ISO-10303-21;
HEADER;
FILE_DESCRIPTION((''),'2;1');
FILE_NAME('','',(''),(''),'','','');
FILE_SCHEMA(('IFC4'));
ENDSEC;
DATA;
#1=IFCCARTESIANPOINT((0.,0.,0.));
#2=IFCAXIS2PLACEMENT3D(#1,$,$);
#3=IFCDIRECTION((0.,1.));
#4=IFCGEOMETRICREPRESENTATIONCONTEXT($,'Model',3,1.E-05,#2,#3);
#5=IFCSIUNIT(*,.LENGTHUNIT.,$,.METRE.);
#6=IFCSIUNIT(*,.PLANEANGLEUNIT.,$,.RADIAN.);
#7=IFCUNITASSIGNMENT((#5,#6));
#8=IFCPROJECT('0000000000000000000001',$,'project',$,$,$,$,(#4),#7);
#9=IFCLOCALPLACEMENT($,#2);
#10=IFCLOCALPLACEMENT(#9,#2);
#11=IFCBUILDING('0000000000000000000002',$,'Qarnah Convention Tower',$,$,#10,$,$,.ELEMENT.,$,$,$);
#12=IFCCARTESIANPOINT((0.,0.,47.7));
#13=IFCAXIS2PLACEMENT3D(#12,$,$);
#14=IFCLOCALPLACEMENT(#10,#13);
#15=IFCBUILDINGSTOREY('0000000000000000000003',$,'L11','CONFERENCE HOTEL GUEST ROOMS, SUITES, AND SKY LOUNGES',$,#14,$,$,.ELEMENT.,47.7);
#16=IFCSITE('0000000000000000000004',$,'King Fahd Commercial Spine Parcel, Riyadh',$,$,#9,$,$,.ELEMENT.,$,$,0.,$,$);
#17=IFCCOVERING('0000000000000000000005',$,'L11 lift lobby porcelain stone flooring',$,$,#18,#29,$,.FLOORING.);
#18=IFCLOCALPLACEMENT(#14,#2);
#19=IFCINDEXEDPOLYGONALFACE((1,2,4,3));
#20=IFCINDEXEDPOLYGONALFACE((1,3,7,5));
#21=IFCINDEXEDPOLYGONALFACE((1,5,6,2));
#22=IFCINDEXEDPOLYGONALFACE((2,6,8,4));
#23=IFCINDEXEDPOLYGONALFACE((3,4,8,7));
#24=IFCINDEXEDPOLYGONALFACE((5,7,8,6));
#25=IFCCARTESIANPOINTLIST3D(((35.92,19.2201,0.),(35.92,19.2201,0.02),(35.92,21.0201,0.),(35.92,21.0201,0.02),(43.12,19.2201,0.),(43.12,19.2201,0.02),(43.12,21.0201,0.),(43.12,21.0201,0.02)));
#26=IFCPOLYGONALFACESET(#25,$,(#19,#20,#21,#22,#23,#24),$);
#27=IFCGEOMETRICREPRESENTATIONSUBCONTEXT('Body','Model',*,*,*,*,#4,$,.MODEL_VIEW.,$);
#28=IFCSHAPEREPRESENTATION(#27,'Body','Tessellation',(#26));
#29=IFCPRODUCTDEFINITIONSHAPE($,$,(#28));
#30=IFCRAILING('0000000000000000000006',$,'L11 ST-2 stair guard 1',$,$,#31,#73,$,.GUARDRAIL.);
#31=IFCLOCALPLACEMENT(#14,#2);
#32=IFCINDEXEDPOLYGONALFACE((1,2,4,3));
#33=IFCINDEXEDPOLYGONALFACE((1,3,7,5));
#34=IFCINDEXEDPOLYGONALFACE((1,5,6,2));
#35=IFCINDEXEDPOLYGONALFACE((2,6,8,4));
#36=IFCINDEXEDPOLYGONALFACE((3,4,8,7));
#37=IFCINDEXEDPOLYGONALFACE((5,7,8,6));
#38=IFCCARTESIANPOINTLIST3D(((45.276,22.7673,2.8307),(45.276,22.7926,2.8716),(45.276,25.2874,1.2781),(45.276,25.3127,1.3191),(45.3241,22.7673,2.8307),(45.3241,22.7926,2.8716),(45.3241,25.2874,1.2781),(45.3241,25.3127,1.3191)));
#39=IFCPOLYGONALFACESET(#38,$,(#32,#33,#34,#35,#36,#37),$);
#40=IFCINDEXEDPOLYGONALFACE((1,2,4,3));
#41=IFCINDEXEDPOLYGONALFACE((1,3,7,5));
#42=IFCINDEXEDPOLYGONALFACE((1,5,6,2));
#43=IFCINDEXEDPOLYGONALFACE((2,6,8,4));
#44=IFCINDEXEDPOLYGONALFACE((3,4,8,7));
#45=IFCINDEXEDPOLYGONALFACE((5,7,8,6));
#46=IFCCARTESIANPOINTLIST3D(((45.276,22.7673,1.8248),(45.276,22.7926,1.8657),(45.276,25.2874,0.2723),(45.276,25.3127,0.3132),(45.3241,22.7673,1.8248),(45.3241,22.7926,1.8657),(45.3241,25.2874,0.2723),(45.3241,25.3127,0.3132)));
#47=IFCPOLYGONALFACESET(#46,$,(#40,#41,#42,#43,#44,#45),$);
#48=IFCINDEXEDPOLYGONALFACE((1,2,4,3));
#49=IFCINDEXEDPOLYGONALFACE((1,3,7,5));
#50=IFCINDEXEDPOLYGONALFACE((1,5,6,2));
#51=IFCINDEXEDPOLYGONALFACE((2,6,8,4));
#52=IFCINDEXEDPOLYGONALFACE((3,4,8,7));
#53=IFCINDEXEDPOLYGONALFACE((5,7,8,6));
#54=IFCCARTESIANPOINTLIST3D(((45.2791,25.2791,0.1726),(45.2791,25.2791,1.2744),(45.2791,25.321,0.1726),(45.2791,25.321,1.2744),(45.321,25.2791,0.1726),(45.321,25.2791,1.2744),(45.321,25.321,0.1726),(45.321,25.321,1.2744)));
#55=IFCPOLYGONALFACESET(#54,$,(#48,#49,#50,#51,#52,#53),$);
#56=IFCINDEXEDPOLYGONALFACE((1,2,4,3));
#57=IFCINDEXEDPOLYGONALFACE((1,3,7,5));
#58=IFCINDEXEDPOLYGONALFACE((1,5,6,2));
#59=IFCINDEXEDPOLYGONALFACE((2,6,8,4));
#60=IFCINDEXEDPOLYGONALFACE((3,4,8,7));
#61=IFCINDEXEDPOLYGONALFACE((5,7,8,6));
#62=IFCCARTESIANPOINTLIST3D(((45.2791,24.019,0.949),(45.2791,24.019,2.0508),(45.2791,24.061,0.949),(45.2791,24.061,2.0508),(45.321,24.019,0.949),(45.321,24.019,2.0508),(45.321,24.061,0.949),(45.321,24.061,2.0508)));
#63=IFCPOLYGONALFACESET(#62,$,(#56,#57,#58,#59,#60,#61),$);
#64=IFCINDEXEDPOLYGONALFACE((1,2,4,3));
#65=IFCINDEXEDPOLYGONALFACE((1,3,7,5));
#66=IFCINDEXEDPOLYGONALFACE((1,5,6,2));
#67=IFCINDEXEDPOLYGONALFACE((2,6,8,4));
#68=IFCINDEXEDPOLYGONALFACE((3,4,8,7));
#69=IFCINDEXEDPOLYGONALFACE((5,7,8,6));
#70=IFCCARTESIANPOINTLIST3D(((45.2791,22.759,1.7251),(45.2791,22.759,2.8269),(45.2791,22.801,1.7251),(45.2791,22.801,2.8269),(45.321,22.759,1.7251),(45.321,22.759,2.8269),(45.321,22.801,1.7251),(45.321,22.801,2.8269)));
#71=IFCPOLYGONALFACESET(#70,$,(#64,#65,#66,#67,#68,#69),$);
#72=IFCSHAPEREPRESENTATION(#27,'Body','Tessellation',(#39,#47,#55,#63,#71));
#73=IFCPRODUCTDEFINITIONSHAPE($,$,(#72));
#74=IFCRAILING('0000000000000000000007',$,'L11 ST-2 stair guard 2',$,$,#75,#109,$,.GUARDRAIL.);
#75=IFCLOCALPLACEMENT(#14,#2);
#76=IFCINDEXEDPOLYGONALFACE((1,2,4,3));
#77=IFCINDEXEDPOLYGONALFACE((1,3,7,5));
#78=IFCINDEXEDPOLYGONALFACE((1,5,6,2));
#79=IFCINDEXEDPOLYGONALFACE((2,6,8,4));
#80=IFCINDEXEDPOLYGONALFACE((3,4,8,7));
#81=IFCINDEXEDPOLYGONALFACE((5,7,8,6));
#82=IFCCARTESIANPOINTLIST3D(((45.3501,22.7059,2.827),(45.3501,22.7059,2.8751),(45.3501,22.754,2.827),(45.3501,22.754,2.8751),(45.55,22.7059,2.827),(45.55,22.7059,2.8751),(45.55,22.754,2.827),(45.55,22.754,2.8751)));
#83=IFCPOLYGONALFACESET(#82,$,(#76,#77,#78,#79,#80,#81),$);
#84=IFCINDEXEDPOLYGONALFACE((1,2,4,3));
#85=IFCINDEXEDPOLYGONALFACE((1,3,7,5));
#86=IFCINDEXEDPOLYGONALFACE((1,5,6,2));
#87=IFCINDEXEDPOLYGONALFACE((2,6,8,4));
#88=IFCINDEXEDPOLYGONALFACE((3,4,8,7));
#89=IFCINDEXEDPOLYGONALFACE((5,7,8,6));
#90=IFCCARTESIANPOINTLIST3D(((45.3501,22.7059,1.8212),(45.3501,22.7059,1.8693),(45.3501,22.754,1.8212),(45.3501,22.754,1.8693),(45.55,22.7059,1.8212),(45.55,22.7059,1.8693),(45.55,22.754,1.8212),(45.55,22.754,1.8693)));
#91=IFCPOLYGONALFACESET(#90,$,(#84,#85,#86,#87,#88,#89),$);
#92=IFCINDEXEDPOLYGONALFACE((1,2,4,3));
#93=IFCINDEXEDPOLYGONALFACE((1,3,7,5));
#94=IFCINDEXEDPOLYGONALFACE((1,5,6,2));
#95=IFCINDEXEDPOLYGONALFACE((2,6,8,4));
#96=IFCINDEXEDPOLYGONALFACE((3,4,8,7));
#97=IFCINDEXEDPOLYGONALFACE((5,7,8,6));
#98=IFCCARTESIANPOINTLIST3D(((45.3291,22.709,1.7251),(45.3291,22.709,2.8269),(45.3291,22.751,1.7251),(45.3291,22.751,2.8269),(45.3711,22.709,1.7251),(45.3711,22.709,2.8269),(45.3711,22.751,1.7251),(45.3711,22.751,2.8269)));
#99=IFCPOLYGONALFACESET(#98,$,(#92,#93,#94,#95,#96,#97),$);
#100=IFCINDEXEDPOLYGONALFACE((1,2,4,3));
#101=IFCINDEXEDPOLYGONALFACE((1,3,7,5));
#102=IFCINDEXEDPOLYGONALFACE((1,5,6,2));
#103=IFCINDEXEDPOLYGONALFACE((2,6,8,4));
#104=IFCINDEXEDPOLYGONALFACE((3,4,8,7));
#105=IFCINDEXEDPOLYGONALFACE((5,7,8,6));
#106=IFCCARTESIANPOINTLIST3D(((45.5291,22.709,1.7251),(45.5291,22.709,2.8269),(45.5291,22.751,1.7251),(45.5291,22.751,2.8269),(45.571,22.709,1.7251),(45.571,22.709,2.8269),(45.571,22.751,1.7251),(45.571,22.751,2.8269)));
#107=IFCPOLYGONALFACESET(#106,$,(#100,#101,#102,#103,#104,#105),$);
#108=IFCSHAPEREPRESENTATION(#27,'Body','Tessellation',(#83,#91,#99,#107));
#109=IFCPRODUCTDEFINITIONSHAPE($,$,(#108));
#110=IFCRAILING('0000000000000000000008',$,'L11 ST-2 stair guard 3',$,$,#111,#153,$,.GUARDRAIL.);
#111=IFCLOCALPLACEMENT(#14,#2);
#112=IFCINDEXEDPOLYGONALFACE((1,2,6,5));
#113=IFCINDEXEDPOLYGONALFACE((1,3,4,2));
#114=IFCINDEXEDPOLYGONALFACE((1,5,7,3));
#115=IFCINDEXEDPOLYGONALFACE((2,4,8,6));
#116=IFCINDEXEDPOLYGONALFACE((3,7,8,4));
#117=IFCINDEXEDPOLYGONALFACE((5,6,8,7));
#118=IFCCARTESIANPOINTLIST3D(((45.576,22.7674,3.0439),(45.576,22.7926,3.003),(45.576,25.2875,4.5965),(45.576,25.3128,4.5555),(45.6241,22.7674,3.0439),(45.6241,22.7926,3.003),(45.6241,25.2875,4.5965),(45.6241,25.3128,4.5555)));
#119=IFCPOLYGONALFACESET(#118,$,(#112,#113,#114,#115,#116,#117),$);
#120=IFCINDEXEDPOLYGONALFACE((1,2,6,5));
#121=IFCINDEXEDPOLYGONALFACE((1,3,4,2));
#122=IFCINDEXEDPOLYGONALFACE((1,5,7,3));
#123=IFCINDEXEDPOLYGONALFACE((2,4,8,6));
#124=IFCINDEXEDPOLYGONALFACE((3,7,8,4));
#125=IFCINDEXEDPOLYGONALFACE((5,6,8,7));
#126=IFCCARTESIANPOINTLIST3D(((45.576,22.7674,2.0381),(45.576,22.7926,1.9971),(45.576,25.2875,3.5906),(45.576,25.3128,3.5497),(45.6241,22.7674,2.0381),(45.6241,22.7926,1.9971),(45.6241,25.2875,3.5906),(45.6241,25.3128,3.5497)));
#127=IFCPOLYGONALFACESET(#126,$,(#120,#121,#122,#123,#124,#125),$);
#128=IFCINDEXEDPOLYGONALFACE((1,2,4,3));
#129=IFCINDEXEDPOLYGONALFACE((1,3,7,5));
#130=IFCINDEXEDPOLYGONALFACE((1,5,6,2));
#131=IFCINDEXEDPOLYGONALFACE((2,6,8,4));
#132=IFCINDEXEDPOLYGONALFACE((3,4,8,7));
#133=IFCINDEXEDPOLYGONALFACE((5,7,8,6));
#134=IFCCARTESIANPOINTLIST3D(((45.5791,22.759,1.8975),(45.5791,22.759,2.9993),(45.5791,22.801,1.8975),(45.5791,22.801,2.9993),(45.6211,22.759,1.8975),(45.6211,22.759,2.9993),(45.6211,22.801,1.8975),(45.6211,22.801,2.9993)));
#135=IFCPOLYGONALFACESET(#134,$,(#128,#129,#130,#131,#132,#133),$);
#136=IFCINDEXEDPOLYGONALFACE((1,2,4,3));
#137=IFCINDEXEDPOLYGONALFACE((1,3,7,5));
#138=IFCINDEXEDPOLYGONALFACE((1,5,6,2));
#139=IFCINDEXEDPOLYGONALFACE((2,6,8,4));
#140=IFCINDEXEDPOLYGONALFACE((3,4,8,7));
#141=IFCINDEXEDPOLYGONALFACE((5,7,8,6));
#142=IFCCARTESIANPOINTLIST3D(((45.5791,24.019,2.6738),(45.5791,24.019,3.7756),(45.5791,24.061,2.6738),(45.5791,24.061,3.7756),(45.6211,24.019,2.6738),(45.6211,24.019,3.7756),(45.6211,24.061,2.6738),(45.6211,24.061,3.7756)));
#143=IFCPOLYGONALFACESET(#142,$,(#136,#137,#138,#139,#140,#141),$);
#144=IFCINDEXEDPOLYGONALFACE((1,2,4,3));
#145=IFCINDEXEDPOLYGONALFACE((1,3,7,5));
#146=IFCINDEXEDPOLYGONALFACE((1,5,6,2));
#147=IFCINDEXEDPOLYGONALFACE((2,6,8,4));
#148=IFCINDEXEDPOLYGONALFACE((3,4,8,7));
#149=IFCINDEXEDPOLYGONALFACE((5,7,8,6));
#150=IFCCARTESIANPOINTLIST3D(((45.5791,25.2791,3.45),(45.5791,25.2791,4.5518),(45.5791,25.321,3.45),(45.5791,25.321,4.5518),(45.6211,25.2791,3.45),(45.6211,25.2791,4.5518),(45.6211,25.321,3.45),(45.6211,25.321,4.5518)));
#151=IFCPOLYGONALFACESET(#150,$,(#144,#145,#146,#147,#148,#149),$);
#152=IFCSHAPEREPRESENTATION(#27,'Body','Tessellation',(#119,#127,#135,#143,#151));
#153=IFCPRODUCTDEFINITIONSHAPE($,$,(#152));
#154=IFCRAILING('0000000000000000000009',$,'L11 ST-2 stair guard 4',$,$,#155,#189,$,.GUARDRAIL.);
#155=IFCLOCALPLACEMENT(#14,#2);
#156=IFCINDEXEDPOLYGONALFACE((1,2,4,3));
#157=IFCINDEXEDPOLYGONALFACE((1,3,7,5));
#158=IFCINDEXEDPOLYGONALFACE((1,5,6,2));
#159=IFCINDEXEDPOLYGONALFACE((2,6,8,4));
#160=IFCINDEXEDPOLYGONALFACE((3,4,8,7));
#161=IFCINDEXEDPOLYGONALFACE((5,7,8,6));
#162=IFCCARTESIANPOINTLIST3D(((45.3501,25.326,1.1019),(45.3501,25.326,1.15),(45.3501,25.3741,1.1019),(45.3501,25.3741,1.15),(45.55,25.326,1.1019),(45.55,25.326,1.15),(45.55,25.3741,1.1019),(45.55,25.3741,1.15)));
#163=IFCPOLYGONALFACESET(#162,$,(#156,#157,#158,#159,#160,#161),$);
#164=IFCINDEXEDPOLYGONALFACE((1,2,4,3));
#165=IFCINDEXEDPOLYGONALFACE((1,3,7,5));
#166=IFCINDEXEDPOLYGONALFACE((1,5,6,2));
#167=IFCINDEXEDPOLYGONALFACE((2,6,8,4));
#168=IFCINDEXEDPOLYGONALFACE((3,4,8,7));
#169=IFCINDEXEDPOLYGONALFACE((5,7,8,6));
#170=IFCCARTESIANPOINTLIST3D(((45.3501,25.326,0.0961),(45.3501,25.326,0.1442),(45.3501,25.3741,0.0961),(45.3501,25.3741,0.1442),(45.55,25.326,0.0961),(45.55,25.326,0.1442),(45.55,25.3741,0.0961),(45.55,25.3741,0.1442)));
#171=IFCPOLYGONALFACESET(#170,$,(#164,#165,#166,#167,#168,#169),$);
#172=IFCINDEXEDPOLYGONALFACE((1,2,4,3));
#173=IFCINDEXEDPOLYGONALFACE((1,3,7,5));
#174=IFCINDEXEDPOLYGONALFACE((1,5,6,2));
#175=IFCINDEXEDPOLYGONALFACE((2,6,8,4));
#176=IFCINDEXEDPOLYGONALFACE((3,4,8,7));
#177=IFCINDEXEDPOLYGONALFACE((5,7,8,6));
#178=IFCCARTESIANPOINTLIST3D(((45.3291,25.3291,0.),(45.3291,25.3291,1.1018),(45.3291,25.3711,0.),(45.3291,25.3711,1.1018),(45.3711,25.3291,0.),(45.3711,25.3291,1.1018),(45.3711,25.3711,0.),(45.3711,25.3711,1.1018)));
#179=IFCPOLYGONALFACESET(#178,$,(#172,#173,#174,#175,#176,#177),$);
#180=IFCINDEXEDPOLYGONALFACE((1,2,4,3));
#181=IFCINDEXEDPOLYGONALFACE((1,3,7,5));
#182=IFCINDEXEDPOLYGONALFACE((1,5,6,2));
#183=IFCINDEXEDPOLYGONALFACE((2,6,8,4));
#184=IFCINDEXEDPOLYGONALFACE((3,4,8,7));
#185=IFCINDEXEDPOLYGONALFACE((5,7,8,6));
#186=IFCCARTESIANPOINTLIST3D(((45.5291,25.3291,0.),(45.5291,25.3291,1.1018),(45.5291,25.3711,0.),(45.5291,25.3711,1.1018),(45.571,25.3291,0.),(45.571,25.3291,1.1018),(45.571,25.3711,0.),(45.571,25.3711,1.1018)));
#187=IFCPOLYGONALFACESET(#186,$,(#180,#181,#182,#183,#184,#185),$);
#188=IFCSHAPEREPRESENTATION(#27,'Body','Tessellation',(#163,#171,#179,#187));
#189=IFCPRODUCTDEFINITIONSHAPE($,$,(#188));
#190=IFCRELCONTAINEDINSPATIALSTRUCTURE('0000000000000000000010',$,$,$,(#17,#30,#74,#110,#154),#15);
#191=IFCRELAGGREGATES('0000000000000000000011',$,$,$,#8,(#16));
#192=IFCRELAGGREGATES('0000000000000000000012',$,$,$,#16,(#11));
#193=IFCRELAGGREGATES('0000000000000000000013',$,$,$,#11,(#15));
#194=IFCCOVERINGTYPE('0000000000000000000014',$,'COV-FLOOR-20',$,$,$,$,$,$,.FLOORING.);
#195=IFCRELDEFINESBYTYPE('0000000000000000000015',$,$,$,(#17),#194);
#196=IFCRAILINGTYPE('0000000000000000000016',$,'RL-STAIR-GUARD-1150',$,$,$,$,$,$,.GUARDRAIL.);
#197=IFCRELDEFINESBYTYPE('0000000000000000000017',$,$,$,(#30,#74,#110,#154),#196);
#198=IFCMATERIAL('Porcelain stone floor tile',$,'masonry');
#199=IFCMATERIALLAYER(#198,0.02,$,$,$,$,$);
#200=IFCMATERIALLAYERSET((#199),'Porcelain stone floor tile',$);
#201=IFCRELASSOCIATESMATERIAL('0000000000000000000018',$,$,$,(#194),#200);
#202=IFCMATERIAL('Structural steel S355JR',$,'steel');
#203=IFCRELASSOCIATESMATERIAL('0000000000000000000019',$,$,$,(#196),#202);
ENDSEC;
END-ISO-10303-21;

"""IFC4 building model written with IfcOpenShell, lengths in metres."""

from ifc_helpers import new_model, si_unit, direction, frame, origin, origin_2d, place, context, subcontext, project, spatial, rectangle, extrude, material, layer, layer_set, type_object, element, save


model = new_model("IFC4")

# Units and contexts
model_context = context("Model", 3, precision=1e-05, world=origin(), true_north=direction((0.0, 1.0)))
body_context = subcontext(model_context, "Body", "Model", "MODEL_VIEW")
ifc_project = project(units=[si_unit("LENGTHUNIT", "METRE"), si_unit("PLANEANGLEUNIT", "RADIAN")], contexts=[model_context])

# Site, building, storey
site_placement = place(None, origin())
site = spatial("IfcSite", under=ifc_project, at=site_placement, Name="King Fahd Commercial Spine Parcel, Riyadh", CompositionType="ELEMENT", RefElevation=0.0)
building_placement = place(site_placement, origin())
building = spatial("IfcBuilding", under=site, at=building_placement, Name="Qarnah Convention Tower", CompositionType="ELEMENT")
storey_placement = place(building_placement, frame((0.0, 0.0, 47.7)))
storey = spatial("IfcBuildingStorey", under=building, at=storey_placement, Name="L11", Description="CONFERENCE HOTEL GUEST ROOMS, SUITES, AND SKY LOUNGES", CompositionType="ELEMENT", Elevation=47.7)

# Shared definitions
ifc_material_1 = material(Name="Structural steel S355JR", Category="steel")

# Covering
ifc_material_2 = material(Name="Porcelain stone floor tile", Category="masonry")
ifc_layer_1 = layer(ifc_material_2, 0.02)
ifc_layer_set_1 = layer_set([ifc_layer_1], Name="Porcelain stone floor tile")
covering_type = type_object("IfcCoveringType", Name="COV-FLOOR-20", PredefinedType="FLOORING", material=ifc_layer_set_1)
covering_placement = place(storey_placement, frame((39.52, 20.1201, 0.0), z_axis=(0.0, 0.0, 1.0), x_axis=(1.0, 0.0, 0.0)))
element("IfcCovering", 1, at=covering_placement, inside=storey, type_object=covering_type, Name="L11 lift lobby porcelain stone flooring", PredefinedType="FLOORING", context=body_context, shape_type="SweptSolid", body=[
    extrude(rectangle(XDim=7.2, YDim=1.8, at=origin_2d()), origin(), (0.0, 0.0, 1.0), 0.02),
])

# Railings
railing_type_1 = type_object("IfcRailingType", Name="RL-STAIR-GUARD-1150", PredefinedType="GUARDRAIL", material=ifc_material_1)
railing_1_placement = place(storey_placement, frame((45.3, 25.3, 0.1726)))
element("IfcRailing", 2, at=railing_1_placement, inside=storey, type_object=railing_type_1, Name="L11 ST-2 stair guard 1", PredefinedType="GUARDRAIL", context=body_context, shape_type="SweptSolid", body=[
    extrude(rectangle(XDim=0.0481, YDim=0.0481, at=origin_2d()), frame((0.0, 0.0, 1.126), z_axis=(0.0, -0.8514, 0.524516), x_axis=(1.0, 0.0, 0.0)), (0.0, 0.0, 1.0), 2.96),
    extrude(rectangle(XDim=0.0481, YDim=0.0481, at=origin_2d()), frame((0.0, 0.0, 0.1201), z_axis=(0.0, -0.8514, 0.524516), x_axis=(1.0, 0.0, 0.0)), (0.0, 0.0, 1.0), 2.96),
    extrude(rectangle(XDim=0.042, YDim=0.042, at=origin_2d()), origin(), (0.0, 0.0, 1.0), 1.1018),
    extrude(rectangle(XDim=0.042, YDim=0.042, at=origin_2d()), frame((0.0, -1.26, 0.7764)), (0.0, 0.0, 1.0), 1.1018),
    extrude(rectangle(XDim=0.042, YDim=0.042, at=origin_2d()), frame((0.0, -2.52, 1.5525)), (0.0, 0.0, 1.0), 1.1018),
])
railing_2_placement = place(storey_placement, frame((45.3501, 22.73, 1.7251)))
element("IfcRailing", 3, at=railing_2_placement, inside=storey, type_object=railing_type_1, Name="L11 ST-2 stair guard 2", PredefinedType="GUARDRAIL", context=body_context, shape_type="SweptSolid", body=[
    extrude(rectangle(XDim=0.0481, YDim=0.0481, at=origin_2d()), frame((0.0, 0.0, 1.126), z_axis=(1.0, 0.0, 0.0), x_axis=(0.0, 1.0, 0.0)), (0.0, 0.0, 1.0), 0.2),
    extrude(rectangle(XDim=0.0481, YDim=0.0481, at=origin_2d()), frame((0.0, 0.0, 0.1201), z_axis=(1.0, 0.0, 0.0), x_axis=(0.0, 1.0, 0.0)), (0.0, 0.0, 1.0), 0.2),
    extrude(rectangle(XDim=0.042, YDim=0.042, at=origin_2d()), origin(), (0.0, 0.0, 1.0), 1.1018),
    extrude(rectangle(XDim=0.042, YDim=0.042, at=origin_2d()), frame((0.2, 0.0, 0.0)), (0.0, 0.0, 1.0), 1.1018),
])
railing_3_placement = place(storey_placement, frame((45.6001, 22.78, 1.8975)))
element("IfcRailing", 4, at=railing_3_placement, inside=storey, type_object=railing_type_1, Name="L11 ST-2 stair guard 3", PredefinedType="GUARDRAIL", context=body_context, shape_type="SweptSolid", body=[
    extrude(rectangle(XDim=0.0481, YDim=0.0481, at=origin_2d()), frame((0.0, 0.0, 1.126), z_axis=(0.0, 0.8514, 0.524516), x_axis=(-1.0, 0.0, 0.0)), (0.0, 0.0, 1.0), 2.96),
    extrude(rectangle(XDim=0.0481, YDim=0.0481, at=origin_2d()), frame((0.0, 0.0, 0.1201), z_axis=(0.0, 0.8514, 0.524516), x_axis=(-1.0, 0.0, 0.0)), (0.0, 0.0, 1.0), 2.96),
    extrude(rectangle(XDim=0.042, YDim=0.042, at=origin_2d()), origin(), (0.0, 0.0, 1.0), 1.1018),
    extrude(rectangle(XDim=0.042, YDim=0.042, at=origin_2d()), frame((0.0, 1.26, 0.7764)), (0.0, 0.0, 1.0), 1.1018),
    extrude(rectangle(XDim=0.042, YDim=0.042, at=origin_2d()), frame((0.0, 2.52, 1.5525)), (0.0, 0.0, 1.0), 1.1018),
])
railing_4_placement = place(storey_placement, frame((45.3501, 25.3501, 0.0)))
element("IfcRailing", 5, at=railing_4_placement, inside=storey, type_object=railing_type_1, Name="L11 ST-2 stair guard 4", PredefinedType="GUARDRAIL", context=body_context, shape_type="SweptSolid", body=[
    extrude(rectangle(XDim=0.0481, YDim=0.0481, at=origin_2d()), frame((0.0, 0.0, 1.126), z_axis=(1.0, 0.0, 0.0), x_axis=(0.0, 1.0, 0.0)), (0.0, 0.0, 1.0), 0.2),
    extrude(rectangle(XDim=0.0481, YDim=0.0481, at=origin_2d()), frame((0.0, 0.0, 0.1201), z_axis=(1.0, 0.0, 0.0), x_axis=(0.0, 1.0, 0.0)), (0.0, 0.0, 1.0), 0.2),
    extrude(rectangle(XDim=0.042, YDim=0.042, at=origin_2d()), origin(), (0.0, 0.0, 1.0), 1.1018),
    extrude(rectangle(XDim=0.042, YDim=0.042, at=origin_2d()), frame((0.2, 0.0, 0.0)), (0.0, 0.0, 1.0), 1.1018),
])

save(model, "model.ifc")
